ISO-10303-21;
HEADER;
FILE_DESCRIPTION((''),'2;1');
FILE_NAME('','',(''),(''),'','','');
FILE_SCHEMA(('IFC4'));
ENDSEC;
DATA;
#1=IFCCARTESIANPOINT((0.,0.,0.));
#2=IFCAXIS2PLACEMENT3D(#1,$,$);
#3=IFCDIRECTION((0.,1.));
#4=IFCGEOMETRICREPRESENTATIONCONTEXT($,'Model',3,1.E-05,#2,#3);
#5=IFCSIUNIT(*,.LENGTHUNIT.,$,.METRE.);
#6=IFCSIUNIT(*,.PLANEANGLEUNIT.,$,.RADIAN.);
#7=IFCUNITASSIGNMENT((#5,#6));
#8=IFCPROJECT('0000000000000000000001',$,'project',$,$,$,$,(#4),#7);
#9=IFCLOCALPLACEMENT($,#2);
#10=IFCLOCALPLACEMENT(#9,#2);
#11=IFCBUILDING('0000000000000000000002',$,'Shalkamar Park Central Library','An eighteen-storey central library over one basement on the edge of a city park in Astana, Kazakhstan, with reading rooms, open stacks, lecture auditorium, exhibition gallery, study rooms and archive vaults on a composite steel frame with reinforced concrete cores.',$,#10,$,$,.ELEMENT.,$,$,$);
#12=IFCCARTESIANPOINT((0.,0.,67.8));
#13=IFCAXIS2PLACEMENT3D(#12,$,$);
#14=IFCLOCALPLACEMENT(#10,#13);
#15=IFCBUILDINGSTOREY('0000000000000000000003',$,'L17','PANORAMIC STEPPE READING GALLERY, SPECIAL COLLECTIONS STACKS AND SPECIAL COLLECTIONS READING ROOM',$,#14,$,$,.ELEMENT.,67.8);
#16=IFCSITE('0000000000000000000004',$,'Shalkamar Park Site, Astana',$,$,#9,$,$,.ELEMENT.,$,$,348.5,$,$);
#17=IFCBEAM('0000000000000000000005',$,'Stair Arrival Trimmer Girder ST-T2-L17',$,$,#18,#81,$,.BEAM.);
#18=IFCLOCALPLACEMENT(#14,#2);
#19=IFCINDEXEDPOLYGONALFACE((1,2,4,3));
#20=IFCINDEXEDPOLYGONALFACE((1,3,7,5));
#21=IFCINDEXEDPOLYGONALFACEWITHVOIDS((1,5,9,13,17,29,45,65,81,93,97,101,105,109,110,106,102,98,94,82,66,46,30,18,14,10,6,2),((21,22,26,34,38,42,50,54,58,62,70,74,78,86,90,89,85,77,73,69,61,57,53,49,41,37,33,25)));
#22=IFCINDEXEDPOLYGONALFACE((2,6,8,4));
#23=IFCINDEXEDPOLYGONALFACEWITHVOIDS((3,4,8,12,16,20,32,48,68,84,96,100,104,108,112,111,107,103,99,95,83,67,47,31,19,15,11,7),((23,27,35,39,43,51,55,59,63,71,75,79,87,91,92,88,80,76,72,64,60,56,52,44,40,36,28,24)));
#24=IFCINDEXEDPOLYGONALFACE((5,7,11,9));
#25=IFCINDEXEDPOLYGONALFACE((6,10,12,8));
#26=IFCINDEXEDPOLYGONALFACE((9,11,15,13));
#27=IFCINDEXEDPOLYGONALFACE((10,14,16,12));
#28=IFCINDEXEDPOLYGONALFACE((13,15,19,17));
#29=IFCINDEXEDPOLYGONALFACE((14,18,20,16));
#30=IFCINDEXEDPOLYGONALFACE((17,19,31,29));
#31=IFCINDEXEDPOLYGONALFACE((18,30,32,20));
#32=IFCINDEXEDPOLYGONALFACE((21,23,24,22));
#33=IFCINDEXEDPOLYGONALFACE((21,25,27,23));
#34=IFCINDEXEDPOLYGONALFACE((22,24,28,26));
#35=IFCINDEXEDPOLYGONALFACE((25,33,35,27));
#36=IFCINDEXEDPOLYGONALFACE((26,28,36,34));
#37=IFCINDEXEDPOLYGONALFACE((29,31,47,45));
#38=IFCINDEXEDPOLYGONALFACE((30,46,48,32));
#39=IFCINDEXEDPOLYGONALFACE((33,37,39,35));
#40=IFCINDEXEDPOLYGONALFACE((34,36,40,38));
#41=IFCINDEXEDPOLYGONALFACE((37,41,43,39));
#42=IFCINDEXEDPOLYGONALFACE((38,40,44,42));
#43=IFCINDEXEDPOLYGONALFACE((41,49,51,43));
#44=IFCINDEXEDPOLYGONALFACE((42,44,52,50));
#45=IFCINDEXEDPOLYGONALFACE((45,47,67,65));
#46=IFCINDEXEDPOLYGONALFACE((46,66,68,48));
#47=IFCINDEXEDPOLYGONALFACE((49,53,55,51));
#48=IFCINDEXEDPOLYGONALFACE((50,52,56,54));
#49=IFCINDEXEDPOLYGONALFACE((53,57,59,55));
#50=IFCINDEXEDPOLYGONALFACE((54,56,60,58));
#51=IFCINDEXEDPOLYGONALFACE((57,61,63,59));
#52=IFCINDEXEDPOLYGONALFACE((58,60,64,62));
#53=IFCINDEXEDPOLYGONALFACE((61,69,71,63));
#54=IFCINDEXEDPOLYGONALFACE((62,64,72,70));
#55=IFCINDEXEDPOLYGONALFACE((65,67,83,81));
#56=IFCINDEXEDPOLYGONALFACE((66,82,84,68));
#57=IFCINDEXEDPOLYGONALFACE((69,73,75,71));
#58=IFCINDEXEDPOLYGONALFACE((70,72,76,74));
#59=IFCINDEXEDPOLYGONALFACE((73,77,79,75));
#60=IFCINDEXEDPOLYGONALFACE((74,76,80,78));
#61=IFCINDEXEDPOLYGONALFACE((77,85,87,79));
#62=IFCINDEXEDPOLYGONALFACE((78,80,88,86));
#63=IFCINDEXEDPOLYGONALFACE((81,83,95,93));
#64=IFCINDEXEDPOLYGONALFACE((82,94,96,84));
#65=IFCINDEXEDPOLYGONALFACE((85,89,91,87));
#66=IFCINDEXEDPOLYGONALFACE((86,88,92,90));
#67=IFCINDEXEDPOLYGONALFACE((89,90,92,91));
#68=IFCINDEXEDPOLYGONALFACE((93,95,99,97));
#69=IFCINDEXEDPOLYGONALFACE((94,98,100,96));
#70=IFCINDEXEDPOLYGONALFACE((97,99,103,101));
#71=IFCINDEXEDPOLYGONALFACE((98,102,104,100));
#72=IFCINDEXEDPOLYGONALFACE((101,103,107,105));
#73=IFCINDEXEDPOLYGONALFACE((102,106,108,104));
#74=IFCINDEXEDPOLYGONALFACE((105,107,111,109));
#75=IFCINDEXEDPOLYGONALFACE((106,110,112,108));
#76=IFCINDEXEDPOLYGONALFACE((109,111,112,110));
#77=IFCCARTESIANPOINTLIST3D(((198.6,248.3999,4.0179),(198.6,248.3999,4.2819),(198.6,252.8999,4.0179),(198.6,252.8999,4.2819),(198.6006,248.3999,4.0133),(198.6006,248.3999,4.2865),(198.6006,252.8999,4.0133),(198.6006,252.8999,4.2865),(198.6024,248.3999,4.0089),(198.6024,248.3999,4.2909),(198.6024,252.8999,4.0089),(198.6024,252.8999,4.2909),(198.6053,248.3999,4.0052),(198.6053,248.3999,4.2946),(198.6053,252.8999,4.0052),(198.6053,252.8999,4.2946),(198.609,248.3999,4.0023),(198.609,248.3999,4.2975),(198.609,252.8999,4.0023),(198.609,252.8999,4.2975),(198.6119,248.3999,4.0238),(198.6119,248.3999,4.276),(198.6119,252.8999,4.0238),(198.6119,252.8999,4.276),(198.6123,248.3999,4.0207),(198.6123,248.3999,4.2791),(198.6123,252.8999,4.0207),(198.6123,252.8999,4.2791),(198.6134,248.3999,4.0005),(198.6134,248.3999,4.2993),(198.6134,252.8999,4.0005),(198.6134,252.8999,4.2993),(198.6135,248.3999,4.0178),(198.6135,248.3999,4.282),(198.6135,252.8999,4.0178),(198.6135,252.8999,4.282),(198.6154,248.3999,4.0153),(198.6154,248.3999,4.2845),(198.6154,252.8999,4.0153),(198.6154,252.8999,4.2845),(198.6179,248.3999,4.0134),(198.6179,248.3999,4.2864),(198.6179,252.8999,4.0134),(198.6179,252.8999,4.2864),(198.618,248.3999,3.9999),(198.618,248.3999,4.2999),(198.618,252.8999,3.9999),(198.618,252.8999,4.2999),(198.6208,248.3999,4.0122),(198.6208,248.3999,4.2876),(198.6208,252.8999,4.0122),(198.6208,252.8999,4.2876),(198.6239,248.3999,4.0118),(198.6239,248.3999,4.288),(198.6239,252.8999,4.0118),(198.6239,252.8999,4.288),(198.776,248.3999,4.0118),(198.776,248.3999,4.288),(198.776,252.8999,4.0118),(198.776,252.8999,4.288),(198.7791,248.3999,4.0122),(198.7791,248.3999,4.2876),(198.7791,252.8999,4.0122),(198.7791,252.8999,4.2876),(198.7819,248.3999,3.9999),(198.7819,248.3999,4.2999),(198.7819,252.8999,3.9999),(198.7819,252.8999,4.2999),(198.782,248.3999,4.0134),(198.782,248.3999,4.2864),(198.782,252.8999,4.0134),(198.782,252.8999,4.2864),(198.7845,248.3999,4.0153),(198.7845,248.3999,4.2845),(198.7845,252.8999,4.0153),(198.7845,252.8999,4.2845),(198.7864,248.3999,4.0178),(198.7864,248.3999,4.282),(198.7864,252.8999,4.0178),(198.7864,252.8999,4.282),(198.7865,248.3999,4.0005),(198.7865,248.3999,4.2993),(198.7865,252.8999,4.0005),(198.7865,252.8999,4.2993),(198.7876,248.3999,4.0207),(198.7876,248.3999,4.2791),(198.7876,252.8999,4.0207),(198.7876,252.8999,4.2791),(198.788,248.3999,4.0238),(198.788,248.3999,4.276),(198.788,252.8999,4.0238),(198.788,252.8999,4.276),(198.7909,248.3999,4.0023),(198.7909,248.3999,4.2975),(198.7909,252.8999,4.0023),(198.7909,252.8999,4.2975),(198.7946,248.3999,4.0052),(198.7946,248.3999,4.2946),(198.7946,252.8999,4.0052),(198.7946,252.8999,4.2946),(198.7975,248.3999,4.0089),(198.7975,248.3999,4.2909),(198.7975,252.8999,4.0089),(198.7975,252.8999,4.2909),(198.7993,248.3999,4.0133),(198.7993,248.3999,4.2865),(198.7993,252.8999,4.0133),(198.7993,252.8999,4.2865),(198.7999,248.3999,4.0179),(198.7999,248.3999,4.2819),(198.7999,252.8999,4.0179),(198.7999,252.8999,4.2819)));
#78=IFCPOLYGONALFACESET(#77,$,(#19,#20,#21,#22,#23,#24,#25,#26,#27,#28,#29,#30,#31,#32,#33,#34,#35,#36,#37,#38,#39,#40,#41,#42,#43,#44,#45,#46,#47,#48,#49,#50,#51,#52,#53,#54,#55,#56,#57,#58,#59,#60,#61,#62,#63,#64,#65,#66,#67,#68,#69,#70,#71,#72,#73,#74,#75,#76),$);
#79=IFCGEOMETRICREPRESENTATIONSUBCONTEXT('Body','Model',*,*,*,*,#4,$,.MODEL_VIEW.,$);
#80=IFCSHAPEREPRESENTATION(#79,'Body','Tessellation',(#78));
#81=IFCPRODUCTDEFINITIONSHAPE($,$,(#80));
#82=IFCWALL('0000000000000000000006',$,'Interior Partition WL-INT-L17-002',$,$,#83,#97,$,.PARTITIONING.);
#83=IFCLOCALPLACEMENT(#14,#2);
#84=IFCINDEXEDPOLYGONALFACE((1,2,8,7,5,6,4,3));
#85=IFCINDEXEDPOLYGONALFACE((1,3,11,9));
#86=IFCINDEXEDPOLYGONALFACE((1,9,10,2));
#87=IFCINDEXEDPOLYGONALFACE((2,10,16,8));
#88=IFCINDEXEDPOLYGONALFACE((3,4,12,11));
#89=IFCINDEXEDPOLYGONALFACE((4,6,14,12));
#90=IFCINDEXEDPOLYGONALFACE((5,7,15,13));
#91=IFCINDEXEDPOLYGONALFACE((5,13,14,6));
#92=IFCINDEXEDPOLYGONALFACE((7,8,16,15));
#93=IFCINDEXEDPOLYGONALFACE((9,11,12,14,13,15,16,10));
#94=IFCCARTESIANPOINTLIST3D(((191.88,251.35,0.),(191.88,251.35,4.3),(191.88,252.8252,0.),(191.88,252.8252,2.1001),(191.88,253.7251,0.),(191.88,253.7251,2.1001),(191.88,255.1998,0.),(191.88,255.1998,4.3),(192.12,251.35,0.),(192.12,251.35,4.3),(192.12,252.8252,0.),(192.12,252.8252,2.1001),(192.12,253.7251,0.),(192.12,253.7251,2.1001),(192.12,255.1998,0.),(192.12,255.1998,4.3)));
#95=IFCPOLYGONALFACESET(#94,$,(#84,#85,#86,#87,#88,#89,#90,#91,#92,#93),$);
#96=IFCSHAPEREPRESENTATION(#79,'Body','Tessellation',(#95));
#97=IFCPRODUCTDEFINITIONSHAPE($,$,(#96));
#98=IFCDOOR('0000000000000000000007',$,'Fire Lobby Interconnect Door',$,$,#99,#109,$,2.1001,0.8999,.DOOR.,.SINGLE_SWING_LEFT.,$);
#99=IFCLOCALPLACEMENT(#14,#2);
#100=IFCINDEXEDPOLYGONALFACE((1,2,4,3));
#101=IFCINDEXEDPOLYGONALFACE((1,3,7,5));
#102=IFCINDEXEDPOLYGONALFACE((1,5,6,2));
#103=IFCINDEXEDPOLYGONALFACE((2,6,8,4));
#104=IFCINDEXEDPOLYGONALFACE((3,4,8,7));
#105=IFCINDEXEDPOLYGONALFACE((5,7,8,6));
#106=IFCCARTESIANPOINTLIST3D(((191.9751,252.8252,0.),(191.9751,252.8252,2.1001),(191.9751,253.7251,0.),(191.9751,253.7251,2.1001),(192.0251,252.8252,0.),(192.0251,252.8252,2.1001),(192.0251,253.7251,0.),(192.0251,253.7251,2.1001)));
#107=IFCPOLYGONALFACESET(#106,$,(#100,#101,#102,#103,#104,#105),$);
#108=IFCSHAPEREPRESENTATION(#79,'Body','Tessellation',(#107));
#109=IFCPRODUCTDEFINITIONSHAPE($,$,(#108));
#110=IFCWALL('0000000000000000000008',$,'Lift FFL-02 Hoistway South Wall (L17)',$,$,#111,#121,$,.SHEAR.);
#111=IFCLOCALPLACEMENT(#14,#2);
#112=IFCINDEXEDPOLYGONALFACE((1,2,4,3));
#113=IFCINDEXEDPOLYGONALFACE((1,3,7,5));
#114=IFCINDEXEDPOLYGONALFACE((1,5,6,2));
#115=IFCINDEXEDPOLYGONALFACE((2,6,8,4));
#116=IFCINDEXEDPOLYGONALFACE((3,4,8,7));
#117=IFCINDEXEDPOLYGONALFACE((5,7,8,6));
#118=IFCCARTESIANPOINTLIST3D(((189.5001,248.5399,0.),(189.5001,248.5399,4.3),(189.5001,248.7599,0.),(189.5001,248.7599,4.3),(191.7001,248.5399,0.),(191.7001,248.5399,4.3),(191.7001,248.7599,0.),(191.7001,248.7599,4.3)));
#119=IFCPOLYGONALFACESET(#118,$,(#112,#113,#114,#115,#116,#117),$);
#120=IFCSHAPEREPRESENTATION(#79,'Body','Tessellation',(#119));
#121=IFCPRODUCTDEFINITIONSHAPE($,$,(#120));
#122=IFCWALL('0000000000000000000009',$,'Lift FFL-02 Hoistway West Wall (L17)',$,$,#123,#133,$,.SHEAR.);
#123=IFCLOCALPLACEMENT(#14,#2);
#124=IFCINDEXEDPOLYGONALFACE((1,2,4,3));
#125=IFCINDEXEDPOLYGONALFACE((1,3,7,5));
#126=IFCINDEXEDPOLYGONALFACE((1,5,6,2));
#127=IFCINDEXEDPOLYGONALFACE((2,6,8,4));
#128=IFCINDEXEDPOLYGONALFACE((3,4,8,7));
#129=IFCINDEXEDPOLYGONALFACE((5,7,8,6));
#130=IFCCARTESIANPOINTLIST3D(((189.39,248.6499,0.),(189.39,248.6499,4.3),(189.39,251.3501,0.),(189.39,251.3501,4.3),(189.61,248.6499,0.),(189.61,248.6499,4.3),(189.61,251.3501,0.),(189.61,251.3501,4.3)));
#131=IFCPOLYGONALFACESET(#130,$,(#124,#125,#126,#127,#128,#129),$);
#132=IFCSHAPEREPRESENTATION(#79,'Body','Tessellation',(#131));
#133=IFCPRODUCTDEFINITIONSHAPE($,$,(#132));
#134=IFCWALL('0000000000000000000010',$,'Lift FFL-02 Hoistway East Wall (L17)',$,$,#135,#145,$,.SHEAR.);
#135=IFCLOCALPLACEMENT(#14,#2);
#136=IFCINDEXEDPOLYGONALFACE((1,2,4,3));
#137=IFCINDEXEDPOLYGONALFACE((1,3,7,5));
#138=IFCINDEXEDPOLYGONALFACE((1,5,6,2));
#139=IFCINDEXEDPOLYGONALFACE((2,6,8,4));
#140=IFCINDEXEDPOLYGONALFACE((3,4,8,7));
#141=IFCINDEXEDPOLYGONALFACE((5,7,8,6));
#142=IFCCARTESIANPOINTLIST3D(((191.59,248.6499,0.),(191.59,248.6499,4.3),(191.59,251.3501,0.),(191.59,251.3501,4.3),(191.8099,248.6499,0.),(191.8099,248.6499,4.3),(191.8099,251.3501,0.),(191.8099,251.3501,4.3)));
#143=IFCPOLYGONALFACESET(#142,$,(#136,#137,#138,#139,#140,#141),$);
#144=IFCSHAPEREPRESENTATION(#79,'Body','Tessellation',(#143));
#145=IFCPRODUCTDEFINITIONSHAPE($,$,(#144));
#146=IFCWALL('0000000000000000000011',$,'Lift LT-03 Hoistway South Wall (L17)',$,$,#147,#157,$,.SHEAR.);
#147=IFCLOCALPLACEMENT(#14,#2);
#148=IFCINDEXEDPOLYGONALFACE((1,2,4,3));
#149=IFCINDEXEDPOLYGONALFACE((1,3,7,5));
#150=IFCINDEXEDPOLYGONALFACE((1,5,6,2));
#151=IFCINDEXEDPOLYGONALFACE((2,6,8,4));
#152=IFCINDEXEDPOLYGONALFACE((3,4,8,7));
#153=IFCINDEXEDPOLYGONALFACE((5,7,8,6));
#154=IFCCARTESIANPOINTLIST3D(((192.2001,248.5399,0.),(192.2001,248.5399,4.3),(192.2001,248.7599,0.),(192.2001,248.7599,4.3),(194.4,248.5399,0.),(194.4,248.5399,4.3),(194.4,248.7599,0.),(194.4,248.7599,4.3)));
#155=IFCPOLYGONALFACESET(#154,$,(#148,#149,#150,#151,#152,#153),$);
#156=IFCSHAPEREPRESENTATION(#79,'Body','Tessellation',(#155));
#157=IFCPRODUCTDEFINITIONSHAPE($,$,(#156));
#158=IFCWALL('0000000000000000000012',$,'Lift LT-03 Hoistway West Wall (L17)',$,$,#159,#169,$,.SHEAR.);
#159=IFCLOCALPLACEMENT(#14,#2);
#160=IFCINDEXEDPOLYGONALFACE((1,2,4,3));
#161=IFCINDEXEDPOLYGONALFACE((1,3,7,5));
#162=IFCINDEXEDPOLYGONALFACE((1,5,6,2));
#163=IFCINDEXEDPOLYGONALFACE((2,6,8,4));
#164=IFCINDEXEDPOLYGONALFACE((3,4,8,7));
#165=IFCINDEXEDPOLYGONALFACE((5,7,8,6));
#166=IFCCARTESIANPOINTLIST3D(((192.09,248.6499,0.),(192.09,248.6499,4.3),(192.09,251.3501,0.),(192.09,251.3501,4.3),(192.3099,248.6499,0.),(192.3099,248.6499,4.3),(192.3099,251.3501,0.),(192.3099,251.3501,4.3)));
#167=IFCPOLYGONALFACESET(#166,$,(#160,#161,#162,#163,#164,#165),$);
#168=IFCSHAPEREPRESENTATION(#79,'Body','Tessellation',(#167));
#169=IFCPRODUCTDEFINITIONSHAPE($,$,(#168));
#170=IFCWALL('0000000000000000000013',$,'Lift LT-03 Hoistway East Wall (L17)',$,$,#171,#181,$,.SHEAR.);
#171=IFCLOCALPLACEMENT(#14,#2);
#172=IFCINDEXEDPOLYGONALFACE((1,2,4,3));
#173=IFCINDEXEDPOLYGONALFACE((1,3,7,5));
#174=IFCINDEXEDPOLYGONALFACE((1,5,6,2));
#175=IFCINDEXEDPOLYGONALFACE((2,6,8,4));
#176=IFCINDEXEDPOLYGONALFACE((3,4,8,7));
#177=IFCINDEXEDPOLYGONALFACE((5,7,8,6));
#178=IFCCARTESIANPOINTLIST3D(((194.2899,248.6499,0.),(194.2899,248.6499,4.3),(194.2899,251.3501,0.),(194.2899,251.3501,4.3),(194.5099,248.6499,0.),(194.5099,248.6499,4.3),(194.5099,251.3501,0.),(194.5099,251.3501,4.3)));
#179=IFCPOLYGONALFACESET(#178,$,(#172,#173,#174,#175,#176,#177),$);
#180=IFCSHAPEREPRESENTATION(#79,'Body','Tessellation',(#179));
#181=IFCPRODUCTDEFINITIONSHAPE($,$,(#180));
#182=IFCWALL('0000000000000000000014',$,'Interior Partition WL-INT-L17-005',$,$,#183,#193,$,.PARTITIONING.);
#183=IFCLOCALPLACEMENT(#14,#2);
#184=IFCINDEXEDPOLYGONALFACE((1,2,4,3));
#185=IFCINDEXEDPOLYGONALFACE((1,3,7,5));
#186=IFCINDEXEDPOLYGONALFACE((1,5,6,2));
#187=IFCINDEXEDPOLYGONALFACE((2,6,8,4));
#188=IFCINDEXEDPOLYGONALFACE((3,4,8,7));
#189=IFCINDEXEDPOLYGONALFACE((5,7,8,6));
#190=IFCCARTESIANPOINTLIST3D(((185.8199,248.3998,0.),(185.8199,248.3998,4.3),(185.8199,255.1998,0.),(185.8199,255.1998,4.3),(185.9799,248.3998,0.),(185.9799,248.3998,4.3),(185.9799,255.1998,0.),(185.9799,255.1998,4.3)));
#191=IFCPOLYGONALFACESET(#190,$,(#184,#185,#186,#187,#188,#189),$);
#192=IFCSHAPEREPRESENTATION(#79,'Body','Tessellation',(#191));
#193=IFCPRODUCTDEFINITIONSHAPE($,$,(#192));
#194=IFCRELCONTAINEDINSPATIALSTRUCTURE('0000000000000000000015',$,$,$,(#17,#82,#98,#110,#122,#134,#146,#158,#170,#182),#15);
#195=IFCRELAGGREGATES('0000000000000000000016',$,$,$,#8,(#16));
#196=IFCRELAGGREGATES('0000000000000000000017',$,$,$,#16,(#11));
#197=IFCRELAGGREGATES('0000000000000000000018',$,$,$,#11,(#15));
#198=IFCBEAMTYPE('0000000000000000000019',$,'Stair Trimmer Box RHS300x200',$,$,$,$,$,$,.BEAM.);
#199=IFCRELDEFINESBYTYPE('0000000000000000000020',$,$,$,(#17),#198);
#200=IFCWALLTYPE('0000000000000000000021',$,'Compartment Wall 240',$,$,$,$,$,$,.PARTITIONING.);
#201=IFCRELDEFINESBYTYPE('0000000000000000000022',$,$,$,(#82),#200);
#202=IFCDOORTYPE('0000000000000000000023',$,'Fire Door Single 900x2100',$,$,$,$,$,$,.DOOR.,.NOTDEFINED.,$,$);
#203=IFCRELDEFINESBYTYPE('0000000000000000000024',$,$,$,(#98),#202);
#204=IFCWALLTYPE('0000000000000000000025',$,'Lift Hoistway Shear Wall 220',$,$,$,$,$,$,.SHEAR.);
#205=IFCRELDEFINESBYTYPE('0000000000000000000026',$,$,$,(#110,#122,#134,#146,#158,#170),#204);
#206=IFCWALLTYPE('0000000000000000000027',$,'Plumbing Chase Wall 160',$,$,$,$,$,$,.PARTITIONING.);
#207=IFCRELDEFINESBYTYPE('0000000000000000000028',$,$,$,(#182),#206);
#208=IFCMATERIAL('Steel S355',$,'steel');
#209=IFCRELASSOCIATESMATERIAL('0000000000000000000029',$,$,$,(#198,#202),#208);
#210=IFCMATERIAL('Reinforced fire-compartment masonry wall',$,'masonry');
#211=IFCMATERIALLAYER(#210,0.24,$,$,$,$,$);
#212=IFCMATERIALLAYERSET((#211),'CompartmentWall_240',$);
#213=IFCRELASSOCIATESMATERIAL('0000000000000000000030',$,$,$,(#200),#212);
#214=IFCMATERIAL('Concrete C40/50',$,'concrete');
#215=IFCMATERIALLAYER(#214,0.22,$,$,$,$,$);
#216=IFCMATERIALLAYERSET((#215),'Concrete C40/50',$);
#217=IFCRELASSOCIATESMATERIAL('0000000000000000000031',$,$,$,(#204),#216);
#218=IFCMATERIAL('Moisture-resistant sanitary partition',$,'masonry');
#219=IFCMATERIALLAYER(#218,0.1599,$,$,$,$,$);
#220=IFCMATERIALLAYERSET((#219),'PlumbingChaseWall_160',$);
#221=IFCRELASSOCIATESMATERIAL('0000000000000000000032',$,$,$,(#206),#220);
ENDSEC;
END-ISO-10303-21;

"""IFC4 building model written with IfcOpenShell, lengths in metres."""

from ifc_helpers import new_model, si_unit, direction, frame, frame_2d, origin, origin_2d, place, context, subcontext, project, spatial, rectangle, hollow_rectangle, extrude, material, layer, layer_set, material_profile, profile_set, type_object, element, fill, save


model = new_model("IFC4")

# Units and contexts
model_context = context("Model", 3, precision=1e-05, world=origin(), true_north=direction((0.0, 1.0)))
body_context = subcontext(model_context, "Body", "Model", "MODEL_VIEW")
ifc_project = project(units=[si_unit("LENGTHUNIT", "METRE"), si_unit("PLANEANGLEUNIT", "RADIAN")], contexts=[model_context])

# Site, building, storey
site_placement = place(None, origin())
site = spatial("IfcSite", under=ifc_project, at=site_placement, Name="Shalkamar Park Site, Astana", CompositionType="ELEMENT", RefElevation=348.5)
building_placement = place(site_placement, origin())
building = spatial("IfcBuilding", under=site, at=building_placement, Name="Shalkamar Park Central Library", Description="An eighteen-storey central library over one basement on the edge of a city park in Astana, Kazakhstan, with reading rooms, open stacks, lecture auditorium, exhibition gallery, study rooms and archive vaults on a composite steel frame with reinforced concrete cores.", CompositionType="ELEMENT")
storey_placement = place(building_placement, frame((0.0, 0.0, 67.8)))
storey = spatial("IfcBuildingStorey", under=building, at=storey_placement, Name="L17", Description="PANORAMIC STEPPE READING GALLERY, SPECIAL COLLECTIONS STACKS AND SPECIAL COLLECTIONS READING ROOM", CompositionType="ELEMENT", Elevation=67.8)

# Beam
ifc_material_1 = material(Name="Steel S355", Category="steel")
ifc_material_profile_1 = material_profile(ifc_material_1, hollow_rectangle(XDim=0.2, YDim=0.3, WallThickness=0.012, InnerFilletRadius=0.012, OuterFilletRadius=0.0181, at=origin_2d()), Name="RHS 300x200x12")
ifc_profile_set_1 = profile_set([ifc_material_profile_1], Name="Steel S355")
beam_type_1 = type_object("IfcBeamType", Name="Stair Trimmer Box RHS300x200", PredefinedType="BEAM", material=ifc_profile_set_1)
beam_1_placement = place(storey_placement, frame((198.7, 248.3999, 4.1499), z_axis=(0.0, 1.0, 0.0), x_axis=(-1.0, 0.0, 0.0)))
element("IfcBeam", 1, at=beam_1_placement, inside=storey, type_object=beam_type_1, Name="Stair Arrival Trimmer Girder ST-T2-L17", PredefinedType="BEAM", context=body_context, shape_type="SweptSolid", body=[
    extrude(hollow_rectangle(XDim=0.2, YDim=0.3, WallThickness=0.012, InnerFilletRadius=0.012, OuterFilletRadius=0.0181, at=origin_2d()), origin(), (0.0, 0.0, 1.0), 4.5),
])

# Wall, opening, door
ifc_material_2 = material(Name="Reinforced fire-compartment masonry wall", Category="masonry")
ifc_layer_1 = layer(ifc_material_2, 0.24)
ifc_layer_set_1 = layer_set([ifc_layer_1], Name="CompartmentWall_240")
wall_type_1 = type_object("IfcWallType", Name="Compartment Wall 240", PredefinedType="PARTITIONING", material=ifc_layer_set_1)
wall_1_placement = place(storey_placement, frame((192.0, 251.3501, 0.0), z_axis=(0.0, 0.0, 1.0), x_axis=(0.0, 1.0, 0.0)))
wall_1 = element("IfcWall", 2, at=wall_1_placement, inside=storey, type_object=wall_type_1, Name="Interior Partition WL-INT-L17-002", PredefinedType="PARTITIONING", context=body_context, shape_type="SweptSolid", body=[
    extrude(rectangle(XDim=3.8499, YDim=0.24, at=frame_2d((1.9248, 0.0))), origin(), (0.0, 0.0, 1.0), 4.3),
])
opening_1_placement = place(wall_1_placement, frame((1.4751, 0.0, 0.0)))
opening_1 = element("IfcOpeningElement", 3, at=opening_1_placement, cuts=wall_1, PredefinedType="OPENING", context=body_context, shape_type="SweptSolid", body=[
    extrude(rectangle(XDim=0.8999, YDim=2.1001, at=frame_2d((0.45, 1.05))), frame((0.0, 0.1348, 0.0), z_axis=(0.0, -1.0, 0.0), x_axis=(1.0, 0.0, 0.0)), (0.0, 0.0, 1.0), 0.2698),
])
door_type_1 = type_object("IfcDoorType", Name="Fire Door Single 900x2100", OperationType="NOTDEFINED", PredefinedType="DOOR", material=ifc_material_1)
door_1_placement = place(opening_1_placement, origin())
door_1 = element("IfcDoor", 4, at=door_1_placement, inside=storey, type_object=door_type_1, Name="Fire Lobby Interconnect Door", OperationType="SINGLE_SWING_LEFT", OverallHeight=2.1001, OverallWidth=0.8999, PredefinedType="DOOR", context=body_context, shape_type="SweptSolid", body=[
    extrude(rectangle(XDim=0.8999, YDim=2.1001, at=frame_2d((0.45, 1.05))), frame((0.0, 0.0249, 0.0), z_axis=(0.0, -1.0, 0.0), x_axis=(1.0, 0.0, 0.0)), (0.0, 0.0, 1.0), 0.05),
])
fill(opening_1, door_1)

# Walls
ifc_material_3 = material(Name="Concrete C40/50", Category="concrete")
ifc_layer_2 = layer(ifc_material_3, 0.22)
ifc_layer_set_2 = layer_set([ifc_layer_2], Name="Concrete C40/50")
wall_type_2 = type_object("IfcWallType", Name="Lift Hoistway Shear Wall 220", PredefinedType="SHEAR", material=ifc_layer_set_2)
wall_2_placement = place(storey_placement, frame((189.5, 248.6499, 0.0), z_axis=(0.0, 0.0, 1.0), x_axis=(1.0, 0.0, 0.0)))
element("IfcWall", 5, at=wall_2_placement, inside=storey, type_object=wall_type_2, Name="Lift FFL-02 Hoistway South Wall (L17)", PredefinedType="SHEAR", context=body_context, shape_type="SweptSolid", body=[
    extrude(rectangle(XDim=2.2, YDim=0.22, at=frame_2d((1.1001, 0.0))), origin(), (0.0, 0.0, 1.0), 4.3),
])
for number, where, z_axis, x_axis, name in (
    (6, (189.5, 248.6499, 0.0), (0.0, 0.0, 1.0), (0.0, 1.0, 0.0), "Lift FFL-02 Hoistway West Wall (L17)"),
    (7, (191.7, 248.6499, 0.0), (0.0, 0.0, 1.0), (0.0, 1.0, 0.0), "Lift FFL-02 Hoistway East Wall (L17)"),
):
    element("IfcWall", number, at=place(storey_placement, frame(where, z_axis=z_axis, x_axis=x_axis)), inside=storey, type_object=wall_type_2, Name=name, PredefinedType="SHEAR", context=body_context, shape_type="SweptSolid", body=[
        extrude(rectangle(XDim=2.7002, YDim=0.22, at=frame_2d((1.3501, 0.0))), origin(), (0.0, 0.0, 1.0), 4.3),
    ])

# Walls
wall_3_placement = place(storey_placement, frame((192.2, 248.6499, 0.0), z_axis=(0.0, 0.0, 1.0), x_axis=(1.0, 0.0, 0.0)))
element("IfcWall", 8, at=wall_3_placement, inside=storey, type_object=wall_type_2, Name="Lift LT-03 Hoistway South Wall (L17)", PredefinedType="SHEAR", context=body_context, shape_type="SweptSolid", body=[
    extrude(rectangle(XDim=2.2, YDim=0.22, at=frame_2d((1.1001, 0.0))), origin(), (0.0, 0.0, 1.0), 4.3),
])
for number, where, z_axis, x_axis, name in (
    (9, (192.2, 248.6499, 0.0), (0.0, 0.0, 1.0), (0.0, 1.0, 0.0), "Lift LT-03 Hoistway West Wall (L17)"),
    (10, (194.3999, 248.6499, 0.0), (0.0, 0.0, 1.0), (0.0, 1.0, 0.0), "Lift LT-03 Hoistway East Wall (L17)"),
):
    element("IfcWall", number, at=place(storey_placement, frame(where, z_axis=z_axis, x_axis=x_axis)), inside=storey, type_object=wall_type_2, Name=name, PredefinedType="SHEAR", context=body_context, shape_type="SweptSolid", body=[
        extrude(rectangle(XDim=2.7002, YDim=0.22, at=frame_2d((1.3501, 0.0))), origin(), (0.0, 0.0, 1.0), 4.3),
    ])

# Wall
ifc_material_4 = material(Name="Moisture-resistant sanitary partition", Category="masonry")
ifc_layer_3 = layer(ifc_material_4, 0.1599)
ifc_layer_set_3 = layer_set([ifc_layer_3], Name="PlumbingChaseWall_160")
wall_type_3 = type_object("IfcWallType", Name="Plumbing Chase Wall 160", PredefinedType="PARTITIONING", material=ifc_layer_set_3)
wall_4_placement = place(storey_placement, frame((185.8999, 248.3999, 0.0), z_axis=(0.0, 0.0, 1.0), x_axis=(0.0, 1.0, 0.0)))
element("IfcWall", 11, at=wall_4_placement, inside=storey, type_object=wall_type_3, Name="Interior Partition WL-INT-L17-005", PredefinedType="PARTITIONING", context=body_context, shape_type="SweptSolid", body=[
    extrude(rectangle(XDim=6.8, YDim=0.1599, at=frame_2d((3.3999, 0.0))), origin(), (0.0, 0.0, 1.0), 4.3),
])

save(model, "model.ifc")
